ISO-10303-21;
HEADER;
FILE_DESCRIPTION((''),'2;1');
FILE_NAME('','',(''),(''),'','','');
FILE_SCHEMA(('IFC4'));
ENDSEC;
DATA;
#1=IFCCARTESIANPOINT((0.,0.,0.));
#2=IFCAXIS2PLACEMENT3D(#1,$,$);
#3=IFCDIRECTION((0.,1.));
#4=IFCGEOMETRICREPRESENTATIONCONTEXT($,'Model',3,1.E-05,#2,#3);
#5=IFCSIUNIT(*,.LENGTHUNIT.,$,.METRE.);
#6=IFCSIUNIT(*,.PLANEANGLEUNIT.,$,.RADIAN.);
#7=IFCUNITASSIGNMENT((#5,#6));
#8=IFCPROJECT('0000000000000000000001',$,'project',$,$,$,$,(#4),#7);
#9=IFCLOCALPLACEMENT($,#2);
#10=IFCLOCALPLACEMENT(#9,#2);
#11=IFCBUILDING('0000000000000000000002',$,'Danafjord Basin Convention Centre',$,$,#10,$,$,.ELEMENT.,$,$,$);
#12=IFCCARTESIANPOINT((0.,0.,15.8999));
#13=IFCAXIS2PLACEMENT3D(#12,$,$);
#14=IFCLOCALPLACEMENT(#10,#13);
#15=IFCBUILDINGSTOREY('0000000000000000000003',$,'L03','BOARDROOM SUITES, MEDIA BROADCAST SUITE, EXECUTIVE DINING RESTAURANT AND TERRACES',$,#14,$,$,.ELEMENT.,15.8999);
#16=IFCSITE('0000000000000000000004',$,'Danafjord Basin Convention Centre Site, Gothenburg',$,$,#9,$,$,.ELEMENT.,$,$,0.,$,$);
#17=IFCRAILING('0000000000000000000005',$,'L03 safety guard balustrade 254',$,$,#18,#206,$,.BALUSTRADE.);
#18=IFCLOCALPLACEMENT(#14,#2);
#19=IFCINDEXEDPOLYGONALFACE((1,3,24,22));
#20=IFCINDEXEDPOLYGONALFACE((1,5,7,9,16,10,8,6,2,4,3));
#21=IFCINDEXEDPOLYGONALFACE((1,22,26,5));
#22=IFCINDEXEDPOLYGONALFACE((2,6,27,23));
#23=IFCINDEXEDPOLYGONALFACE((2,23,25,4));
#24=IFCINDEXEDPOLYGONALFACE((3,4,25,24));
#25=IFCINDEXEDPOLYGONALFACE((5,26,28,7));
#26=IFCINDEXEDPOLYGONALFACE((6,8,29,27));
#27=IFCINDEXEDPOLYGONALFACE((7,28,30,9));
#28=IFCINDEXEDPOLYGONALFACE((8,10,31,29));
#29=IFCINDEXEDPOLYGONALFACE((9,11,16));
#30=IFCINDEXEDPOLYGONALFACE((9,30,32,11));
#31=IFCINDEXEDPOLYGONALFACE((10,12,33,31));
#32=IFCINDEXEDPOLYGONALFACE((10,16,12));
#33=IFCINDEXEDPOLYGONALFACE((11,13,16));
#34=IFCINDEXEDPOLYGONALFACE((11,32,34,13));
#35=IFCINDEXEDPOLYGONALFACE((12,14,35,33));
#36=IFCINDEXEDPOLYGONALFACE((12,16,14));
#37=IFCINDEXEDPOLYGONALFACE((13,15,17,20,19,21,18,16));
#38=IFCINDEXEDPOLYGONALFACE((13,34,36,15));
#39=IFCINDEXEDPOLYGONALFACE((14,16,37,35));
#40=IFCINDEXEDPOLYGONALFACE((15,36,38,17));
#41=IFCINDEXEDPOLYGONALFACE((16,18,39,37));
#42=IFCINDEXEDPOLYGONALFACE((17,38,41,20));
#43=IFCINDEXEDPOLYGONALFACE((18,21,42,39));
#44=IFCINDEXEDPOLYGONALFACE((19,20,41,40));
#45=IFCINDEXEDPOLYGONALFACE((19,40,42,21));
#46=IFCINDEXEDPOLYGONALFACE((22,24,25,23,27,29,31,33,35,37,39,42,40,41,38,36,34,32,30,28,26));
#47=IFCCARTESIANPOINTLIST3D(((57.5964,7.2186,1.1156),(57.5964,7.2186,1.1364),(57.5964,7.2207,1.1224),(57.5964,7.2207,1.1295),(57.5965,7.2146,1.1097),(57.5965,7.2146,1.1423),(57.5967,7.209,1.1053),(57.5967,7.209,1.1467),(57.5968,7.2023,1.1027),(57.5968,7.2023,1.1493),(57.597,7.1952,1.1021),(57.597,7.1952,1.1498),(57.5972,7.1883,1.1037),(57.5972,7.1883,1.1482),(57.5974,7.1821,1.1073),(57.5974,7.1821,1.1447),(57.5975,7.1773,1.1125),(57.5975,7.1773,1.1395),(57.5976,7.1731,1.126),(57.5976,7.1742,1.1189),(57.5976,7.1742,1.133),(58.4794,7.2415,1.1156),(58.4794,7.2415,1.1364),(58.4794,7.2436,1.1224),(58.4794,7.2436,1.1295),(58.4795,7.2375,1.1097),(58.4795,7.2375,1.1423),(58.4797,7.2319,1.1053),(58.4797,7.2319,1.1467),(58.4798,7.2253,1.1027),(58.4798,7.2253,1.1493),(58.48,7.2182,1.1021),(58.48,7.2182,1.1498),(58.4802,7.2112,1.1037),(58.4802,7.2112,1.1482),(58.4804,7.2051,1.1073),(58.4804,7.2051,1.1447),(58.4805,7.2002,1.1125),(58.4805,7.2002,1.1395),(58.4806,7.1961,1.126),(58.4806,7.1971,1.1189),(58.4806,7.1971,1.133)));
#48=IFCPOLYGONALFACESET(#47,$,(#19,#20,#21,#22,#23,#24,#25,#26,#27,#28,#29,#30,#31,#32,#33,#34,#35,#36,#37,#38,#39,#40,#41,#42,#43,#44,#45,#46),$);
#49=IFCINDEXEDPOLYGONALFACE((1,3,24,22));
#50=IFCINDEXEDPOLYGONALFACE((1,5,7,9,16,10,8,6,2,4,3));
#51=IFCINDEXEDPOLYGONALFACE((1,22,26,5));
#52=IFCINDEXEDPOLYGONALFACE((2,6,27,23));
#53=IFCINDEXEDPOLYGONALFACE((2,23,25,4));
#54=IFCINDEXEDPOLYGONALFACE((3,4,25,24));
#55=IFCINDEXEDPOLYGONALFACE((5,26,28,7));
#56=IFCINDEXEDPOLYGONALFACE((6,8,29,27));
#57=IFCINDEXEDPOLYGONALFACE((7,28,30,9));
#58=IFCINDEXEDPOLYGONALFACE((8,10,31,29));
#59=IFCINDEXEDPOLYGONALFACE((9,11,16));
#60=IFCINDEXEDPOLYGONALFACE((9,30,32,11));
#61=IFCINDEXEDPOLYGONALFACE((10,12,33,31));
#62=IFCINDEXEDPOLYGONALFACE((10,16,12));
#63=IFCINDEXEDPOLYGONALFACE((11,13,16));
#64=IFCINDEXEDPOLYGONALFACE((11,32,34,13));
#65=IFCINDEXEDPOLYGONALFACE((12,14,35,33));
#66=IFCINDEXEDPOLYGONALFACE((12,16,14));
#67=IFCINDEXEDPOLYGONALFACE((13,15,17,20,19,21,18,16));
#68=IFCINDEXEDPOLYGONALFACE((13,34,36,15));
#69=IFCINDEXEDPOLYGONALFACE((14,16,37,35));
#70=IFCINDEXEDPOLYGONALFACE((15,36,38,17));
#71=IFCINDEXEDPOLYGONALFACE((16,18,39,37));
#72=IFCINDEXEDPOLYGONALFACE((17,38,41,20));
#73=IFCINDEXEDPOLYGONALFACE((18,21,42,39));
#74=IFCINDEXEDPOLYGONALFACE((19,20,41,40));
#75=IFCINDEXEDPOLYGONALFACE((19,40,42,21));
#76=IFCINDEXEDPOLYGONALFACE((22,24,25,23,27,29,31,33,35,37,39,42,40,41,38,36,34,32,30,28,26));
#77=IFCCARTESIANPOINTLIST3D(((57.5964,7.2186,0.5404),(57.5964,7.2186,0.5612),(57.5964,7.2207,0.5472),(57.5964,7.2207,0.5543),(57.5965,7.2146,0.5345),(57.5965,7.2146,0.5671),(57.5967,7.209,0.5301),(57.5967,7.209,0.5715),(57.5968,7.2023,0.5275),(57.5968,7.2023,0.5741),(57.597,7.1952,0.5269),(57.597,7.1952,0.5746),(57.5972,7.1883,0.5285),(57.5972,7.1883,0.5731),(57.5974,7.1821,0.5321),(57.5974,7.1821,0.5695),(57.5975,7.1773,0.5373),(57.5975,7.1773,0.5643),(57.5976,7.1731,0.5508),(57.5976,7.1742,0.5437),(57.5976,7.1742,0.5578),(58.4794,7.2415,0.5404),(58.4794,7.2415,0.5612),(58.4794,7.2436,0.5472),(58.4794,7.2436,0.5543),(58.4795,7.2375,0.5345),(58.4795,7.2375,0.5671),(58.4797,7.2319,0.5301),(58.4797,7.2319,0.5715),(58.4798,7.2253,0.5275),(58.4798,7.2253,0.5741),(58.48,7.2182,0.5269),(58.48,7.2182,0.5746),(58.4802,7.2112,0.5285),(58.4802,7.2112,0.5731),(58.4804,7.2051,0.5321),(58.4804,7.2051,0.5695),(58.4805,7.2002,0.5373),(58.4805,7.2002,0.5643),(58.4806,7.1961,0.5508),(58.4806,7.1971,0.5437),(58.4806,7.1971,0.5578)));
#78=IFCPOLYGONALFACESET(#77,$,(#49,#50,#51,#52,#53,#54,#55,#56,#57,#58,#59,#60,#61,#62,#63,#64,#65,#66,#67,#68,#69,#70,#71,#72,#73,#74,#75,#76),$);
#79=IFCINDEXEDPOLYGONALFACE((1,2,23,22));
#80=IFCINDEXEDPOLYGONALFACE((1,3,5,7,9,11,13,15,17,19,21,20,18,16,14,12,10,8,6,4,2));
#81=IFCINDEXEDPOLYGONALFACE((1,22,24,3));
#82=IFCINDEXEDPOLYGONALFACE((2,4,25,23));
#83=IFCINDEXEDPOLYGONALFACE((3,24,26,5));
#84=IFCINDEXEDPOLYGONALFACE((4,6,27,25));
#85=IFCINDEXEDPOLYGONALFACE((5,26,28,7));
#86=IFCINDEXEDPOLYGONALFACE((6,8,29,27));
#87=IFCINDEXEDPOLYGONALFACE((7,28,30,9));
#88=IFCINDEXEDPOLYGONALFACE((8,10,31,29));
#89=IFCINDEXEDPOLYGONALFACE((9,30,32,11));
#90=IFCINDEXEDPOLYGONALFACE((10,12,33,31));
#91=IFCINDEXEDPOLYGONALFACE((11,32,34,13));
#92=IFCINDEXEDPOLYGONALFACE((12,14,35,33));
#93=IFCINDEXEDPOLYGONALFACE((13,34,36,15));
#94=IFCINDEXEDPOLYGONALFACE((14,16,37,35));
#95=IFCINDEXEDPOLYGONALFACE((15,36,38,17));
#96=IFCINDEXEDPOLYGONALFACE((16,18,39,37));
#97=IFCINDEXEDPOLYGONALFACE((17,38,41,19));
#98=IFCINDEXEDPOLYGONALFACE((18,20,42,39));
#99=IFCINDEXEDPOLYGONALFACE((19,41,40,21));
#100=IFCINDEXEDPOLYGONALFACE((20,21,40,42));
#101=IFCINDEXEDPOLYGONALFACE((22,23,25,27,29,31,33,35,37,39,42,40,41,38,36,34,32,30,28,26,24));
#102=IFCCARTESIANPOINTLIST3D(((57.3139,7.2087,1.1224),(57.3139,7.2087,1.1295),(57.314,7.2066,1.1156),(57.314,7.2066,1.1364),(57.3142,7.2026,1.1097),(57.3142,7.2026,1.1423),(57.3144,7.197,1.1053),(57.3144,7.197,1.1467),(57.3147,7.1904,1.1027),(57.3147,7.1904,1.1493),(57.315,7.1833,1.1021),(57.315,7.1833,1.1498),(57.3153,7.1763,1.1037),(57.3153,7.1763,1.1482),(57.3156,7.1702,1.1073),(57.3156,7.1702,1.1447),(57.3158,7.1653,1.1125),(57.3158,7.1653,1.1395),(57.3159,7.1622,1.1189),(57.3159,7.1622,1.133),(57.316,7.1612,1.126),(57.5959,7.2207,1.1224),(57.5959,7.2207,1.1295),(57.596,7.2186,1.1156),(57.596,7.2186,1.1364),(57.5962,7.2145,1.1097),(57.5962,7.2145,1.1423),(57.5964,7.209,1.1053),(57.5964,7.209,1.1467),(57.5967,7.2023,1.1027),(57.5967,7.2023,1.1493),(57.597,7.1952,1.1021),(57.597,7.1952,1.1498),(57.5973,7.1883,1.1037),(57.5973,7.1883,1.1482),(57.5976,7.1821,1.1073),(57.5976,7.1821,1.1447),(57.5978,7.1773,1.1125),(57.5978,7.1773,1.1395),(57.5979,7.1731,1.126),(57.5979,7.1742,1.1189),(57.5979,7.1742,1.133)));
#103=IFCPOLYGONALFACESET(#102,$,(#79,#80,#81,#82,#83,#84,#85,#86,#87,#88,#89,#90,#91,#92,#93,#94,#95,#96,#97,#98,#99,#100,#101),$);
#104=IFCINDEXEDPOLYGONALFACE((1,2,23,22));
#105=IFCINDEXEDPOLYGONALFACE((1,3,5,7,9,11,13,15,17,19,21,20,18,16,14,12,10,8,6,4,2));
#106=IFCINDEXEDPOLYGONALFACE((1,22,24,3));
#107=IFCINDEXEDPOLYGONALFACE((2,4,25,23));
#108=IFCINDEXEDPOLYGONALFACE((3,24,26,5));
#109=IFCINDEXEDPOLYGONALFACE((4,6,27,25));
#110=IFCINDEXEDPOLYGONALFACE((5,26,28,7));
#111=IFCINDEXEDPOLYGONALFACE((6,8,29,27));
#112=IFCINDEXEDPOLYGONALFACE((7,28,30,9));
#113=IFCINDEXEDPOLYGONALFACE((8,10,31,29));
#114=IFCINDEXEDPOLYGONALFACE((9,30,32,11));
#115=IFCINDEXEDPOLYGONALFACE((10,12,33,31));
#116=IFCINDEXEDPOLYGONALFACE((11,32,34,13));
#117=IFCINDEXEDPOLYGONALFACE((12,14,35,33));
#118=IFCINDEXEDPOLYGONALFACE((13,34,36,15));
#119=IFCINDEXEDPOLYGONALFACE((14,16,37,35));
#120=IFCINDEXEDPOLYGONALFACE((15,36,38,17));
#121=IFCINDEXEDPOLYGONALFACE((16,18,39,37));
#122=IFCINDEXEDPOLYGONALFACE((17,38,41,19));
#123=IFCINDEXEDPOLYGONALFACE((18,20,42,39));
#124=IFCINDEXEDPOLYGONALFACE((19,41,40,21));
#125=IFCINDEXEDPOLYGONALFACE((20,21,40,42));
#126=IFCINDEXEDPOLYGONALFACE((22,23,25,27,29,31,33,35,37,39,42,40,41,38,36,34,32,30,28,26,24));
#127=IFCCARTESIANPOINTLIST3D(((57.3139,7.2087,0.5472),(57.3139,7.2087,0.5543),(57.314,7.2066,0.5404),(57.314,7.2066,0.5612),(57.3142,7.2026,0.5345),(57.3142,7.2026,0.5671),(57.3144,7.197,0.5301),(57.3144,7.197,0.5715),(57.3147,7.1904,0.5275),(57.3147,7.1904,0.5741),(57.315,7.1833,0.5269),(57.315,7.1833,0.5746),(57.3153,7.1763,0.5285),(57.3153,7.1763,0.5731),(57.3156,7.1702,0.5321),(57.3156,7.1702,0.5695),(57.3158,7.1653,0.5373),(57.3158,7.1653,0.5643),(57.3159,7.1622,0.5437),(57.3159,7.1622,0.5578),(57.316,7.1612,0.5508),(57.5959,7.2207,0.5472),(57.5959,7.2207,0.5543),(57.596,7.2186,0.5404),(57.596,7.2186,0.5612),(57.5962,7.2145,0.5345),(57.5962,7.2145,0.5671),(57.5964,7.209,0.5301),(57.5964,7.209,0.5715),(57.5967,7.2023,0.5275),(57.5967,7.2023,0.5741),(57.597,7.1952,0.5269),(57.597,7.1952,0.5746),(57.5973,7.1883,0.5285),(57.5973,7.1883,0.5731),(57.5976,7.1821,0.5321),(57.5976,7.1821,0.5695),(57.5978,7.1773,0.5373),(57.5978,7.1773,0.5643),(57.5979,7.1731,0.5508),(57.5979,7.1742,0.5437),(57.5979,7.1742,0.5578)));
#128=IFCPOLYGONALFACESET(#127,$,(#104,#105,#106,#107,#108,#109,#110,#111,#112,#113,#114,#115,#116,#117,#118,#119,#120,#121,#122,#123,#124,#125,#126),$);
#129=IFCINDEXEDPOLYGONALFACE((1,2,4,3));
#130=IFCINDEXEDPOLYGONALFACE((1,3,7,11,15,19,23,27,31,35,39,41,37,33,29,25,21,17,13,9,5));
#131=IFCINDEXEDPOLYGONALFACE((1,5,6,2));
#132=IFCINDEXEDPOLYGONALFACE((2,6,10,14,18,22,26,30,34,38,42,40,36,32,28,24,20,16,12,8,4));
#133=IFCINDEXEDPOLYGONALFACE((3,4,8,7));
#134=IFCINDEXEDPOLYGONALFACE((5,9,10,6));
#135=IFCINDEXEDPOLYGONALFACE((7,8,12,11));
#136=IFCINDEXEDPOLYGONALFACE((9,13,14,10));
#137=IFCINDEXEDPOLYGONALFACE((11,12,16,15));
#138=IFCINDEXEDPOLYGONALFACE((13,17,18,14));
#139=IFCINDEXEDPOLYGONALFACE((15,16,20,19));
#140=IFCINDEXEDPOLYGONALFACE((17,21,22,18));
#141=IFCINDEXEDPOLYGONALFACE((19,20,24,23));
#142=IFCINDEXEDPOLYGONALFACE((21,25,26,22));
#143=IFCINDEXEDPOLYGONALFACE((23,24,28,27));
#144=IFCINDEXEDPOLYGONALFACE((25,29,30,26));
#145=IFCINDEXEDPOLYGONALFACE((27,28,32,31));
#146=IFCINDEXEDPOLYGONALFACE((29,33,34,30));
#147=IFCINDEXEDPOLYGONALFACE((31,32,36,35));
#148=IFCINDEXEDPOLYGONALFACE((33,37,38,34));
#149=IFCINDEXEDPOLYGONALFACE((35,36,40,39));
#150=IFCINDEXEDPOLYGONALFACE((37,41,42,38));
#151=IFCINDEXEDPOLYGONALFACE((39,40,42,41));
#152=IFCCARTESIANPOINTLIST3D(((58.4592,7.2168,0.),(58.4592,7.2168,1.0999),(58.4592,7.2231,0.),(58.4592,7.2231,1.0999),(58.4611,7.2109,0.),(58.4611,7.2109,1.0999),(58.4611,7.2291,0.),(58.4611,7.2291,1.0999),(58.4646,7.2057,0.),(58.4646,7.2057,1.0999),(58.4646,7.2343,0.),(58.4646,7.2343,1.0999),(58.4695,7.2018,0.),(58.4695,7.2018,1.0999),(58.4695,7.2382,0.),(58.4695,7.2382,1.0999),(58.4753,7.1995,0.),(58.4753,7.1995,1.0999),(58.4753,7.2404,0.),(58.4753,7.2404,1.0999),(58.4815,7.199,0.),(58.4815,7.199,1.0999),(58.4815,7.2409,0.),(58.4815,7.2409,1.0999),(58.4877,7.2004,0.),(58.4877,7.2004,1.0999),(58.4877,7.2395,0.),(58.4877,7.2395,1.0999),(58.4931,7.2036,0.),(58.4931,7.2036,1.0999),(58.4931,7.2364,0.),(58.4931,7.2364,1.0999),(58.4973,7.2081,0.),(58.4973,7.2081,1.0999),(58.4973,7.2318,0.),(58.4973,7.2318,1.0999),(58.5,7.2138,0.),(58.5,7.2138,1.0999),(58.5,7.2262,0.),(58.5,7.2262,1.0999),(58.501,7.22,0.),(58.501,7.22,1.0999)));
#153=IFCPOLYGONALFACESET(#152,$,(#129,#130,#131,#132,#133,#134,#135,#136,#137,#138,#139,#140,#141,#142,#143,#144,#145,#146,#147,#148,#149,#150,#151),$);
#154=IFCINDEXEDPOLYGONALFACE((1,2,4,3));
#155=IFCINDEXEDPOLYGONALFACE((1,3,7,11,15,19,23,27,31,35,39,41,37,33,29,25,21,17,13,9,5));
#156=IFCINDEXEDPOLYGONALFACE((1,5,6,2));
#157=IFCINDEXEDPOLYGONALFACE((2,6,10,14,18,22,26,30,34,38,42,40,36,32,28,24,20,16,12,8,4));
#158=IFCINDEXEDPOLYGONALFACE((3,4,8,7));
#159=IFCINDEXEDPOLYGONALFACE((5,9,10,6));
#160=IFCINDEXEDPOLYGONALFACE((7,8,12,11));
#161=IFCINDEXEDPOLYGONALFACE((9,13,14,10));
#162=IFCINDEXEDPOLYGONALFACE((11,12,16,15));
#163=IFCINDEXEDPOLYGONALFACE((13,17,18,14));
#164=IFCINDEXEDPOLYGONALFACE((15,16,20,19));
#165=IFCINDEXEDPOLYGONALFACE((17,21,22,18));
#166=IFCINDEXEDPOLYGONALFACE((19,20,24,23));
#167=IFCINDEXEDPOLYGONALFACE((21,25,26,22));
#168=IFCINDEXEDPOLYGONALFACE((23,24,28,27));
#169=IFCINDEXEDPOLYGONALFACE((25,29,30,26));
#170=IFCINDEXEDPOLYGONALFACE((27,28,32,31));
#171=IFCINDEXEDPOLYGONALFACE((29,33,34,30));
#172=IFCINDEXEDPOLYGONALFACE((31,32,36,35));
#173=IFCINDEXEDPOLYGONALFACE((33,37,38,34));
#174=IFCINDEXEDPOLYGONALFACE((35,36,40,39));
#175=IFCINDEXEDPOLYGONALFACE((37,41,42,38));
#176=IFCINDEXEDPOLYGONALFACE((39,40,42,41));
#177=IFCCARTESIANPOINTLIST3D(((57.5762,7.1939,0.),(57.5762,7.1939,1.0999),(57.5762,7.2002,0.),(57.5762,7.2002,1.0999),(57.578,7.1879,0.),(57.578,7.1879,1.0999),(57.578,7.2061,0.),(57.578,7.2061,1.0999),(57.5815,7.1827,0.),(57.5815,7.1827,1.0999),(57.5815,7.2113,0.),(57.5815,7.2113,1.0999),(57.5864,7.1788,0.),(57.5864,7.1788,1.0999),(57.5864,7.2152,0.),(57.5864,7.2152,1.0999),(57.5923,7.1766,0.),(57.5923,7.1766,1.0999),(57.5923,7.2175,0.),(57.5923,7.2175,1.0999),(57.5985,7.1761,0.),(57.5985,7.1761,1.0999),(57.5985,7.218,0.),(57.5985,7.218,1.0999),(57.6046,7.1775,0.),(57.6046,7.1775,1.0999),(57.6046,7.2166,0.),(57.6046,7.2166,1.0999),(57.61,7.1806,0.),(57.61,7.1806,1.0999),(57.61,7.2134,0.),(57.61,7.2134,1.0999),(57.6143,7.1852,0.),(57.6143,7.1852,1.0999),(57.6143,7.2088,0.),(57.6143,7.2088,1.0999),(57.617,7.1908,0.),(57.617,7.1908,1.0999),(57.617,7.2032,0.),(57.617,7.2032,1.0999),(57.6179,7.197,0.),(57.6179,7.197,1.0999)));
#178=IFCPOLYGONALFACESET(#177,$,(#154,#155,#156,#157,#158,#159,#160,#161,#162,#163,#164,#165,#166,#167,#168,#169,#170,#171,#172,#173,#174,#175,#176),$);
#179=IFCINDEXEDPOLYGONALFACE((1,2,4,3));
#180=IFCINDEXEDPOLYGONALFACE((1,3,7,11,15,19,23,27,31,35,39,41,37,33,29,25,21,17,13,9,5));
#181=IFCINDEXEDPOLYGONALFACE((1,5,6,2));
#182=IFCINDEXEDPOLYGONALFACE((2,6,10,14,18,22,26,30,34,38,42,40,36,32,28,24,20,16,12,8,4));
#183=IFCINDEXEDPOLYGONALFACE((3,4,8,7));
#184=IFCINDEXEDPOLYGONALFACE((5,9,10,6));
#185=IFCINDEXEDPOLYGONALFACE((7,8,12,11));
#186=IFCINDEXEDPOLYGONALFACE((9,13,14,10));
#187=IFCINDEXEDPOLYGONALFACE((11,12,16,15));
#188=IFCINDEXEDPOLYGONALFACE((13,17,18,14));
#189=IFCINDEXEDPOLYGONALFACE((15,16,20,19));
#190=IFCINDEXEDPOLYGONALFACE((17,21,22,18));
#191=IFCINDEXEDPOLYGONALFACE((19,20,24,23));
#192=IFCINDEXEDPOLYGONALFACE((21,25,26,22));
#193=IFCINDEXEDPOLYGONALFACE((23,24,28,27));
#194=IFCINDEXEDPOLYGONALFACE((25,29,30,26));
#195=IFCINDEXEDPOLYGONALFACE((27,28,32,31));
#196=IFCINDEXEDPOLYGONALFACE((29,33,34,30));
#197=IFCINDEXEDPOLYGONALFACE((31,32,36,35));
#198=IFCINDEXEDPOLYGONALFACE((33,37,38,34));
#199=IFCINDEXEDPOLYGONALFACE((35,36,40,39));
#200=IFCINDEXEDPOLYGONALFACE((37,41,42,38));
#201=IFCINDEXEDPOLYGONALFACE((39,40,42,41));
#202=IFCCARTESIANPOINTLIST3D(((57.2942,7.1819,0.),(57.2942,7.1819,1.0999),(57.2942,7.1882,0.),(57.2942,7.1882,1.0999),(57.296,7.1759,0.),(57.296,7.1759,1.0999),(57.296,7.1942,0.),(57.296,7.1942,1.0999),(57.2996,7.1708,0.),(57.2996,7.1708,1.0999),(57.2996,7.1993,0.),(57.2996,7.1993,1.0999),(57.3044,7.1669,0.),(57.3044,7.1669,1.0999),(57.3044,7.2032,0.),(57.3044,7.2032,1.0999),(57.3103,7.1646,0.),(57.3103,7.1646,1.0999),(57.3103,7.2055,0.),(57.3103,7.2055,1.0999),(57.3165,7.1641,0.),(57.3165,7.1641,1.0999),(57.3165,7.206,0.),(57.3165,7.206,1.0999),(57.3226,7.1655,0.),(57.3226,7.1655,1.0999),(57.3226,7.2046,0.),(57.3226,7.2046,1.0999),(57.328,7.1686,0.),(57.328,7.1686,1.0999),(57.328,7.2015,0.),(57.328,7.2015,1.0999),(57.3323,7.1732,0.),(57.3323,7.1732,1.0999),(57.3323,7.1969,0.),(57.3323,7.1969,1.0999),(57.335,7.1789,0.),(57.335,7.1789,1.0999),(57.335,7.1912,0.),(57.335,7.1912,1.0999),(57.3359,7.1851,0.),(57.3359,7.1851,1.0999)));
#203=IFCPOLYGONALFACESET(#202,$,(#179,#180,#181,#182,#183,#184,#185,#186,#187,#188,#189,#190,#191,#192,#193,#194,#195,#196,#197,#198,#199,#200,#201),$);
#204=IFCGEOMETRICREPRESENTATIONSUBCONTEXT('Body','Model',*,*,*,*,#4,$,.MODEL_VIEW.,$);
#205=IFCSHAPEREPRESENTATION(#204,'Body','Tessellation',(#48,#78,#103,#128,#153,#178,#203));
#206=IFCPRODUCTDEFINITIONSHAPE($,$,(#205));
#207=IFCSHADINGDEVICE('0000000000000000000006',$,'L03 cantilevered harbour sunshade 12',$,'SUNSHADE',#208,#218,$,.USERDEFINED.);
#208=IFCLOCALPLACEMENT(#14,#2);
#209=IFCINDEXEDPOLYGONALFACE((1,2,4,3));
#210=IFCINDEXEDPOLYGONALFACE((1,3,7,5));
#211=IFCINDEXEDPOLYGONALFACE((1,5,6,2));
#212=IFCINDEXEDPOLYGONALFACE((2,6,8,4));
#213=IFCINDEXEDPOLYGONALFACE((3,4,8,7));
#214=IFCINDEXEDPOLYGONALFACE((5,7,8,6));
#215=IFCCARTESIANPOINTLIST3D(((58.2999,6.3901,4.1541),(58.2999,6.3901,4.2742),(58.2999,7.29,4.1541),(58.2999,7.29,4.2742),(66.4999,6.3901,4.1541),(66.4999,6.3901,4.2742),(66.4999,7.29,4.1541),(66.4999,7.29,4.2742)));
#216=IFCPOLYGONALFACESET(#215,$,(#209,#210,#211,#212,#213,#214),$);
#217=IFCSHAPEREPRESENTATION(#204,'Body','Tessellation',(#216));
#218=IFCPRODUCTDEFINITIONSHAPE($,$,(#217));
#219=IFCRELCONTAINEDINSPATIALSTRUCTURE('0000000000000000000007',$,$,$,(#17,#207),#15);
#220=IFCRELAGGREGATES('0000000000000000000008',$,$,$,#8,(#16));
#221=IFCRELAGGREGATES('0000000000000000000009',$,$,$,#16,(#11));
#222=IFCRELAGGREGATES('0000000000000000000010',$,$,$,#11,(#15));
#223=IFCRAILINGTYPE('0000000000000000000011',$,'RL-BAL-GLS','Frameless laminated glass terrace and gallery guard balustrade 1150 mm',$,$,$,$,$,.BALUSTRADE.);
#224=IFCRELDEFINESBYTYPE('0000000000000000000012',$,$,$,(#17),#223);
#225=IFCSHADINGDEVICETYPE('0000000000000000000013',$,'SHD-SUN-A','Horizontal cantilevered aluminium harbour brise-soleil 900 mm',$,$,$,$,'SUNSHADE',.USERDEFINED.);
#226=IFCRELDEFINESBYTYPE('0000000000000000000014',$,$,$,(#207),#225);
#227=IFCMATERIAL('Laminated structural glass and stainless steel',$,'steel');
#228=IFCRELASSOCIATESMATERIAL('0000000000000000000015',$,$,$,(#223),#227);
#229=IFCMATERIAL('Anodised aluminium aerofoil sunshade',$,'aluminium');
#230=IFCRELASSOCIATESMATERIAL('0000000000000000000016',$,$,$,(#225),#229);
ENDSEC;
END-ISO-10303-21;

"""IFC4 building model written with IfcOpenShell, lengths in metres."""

from ifc_helpers import new_model, si_unit, direction, frame, origin, origin_2d, place, context, subcontext, project, spatial, rectangle, circle, extrude, material, type_object, element, save


model = new_model("IFC4")

# Units and contexts
model_context = context("Model", 3, precision=1e-05, world=origin(), true_north=direction((0.0, 1.0)))
body_context = subcontext(model_context, "Body", "Model", "MODEL_VIEW")
ifc_project = project(units=[si_unit("LENGTHUNIT", "METRE"), si_unit("PLANEANGLEUNIT", "RADIAN")], contexts=[model_context])

# Site, building, storey
site_placement = place(None, origin())
site = spatial("IfcSite", under=ifc_project, at=site_placement, Name="Danafjord Basin Convention Centre Site, Gothenburg", CompositionType="ELEMENT", RefElevation=0.0)
building_placement = place(site_placement, origin())
building = spatial("IfcBuilding", under=site, at=building_placement, Name="Danafjord Basin Convention Centre", CompositionType="ELEMENT")
storey_placement = place(building_placement, frame((0.0, 0.0, 15.8999)))
storey = spatial("IfcBuildingStorey", under=building, at=storey_placement, Name="L03", Description="BOARDROOM SUITES, MEDIA BROADCAST SUITE, EXECUTIVE DINING RESTAURANT AND TERRACES", CompositionType="ELEMENT", Elevation=15.8999)

# Railing
ifc_material_1 = material(Name="Laminated structural glass and stainless steel", Category="steel")
railing_type = type_object("IfcRailingType", Name="RL-BAL-GLS", Description="Frameless laminated glass terrace and gallery guard balustrade 1150 mm", PredefinedType="BALUSTRADE", material=ifc_material_1)
railing_placement = place(storey_placement, frame((58.48, 7.22, 0.0)))
element("IfcRailing", 1, at=railing_placement, inside=storey, type_object=railing_type, Name="L03 safety guard balustrade 254", PredefinedType="BALUSTRADE", context=body_context, shape_type="SweptSolid", body=[
    extrude(circle(Radius=0.0239, at=origin_2d()), frame((0.0, 0.0, 1.126), z_axis=(-0.999662, -0.02598, 0.0), x_axis=(0.02598, -0.999662, 0.0)), (0.0, 0.0, 1.0), 0.8833),
    extrude(circle(Radius=0.0239, at=origin_2d()), frame((0.0, 0.0, 0.5508), z_axis=(-0.999662, -0.02598, 0.0), x_axis=(0.02598, -0.999662, 0.0)), (0.0, 0.0, 1.0), 0.8833),
    extrude(circle(Radius=0.0239, at=origin_2d()), frame((-0.8831, -0.0229, 1.126), z_axis=(-0.999101, -0.042386, 0.0), x_axis=(0.042386, -0.999101, 0.0)), (0.0, 0.0, 1.0), 0.2822),
    extrude(circle(Radius=0.0239, at=origin_2d()), frame((-0.8831, -0.0229, 0.5508), z_axis=(-0.999101, -0.042386, 0.0), x_axis=(0.042386, -0.999101, 0.0)), (0.0, 0.0, 1.0), 0.2822),
    extrude(circle(Radius=0.021, at=origin_2d()), origin(), (0.0, 0.0, 1.0), 1.0999),
    extrude(circle(Radius=0.021, at=origin_2d()), frame((-0.8831, -0.0229, 0.0)), (0.0, 0.0, 1.0), 1.0999),
    extrude(circle(Radius=0.021, at=origin_2d()), frame((-1.165, -0.0349, 0.0)), (0.0, 0.0, 1.0), 1.0999),
])

# Shading device
ifc_material_2 = material(Name="Anodised aluminium aerofoil sunshade", Category="aluminium")
shading_device_type = type_object("IfcShadingDeviceType", Name="SHD-SUN-A", Description="Horizontal cantilevered aluminium harbour brise-soleil 900 mm", ElementType="SUNSHADE", PredefinedType="USERDEFINED", material=ifc_material_2)
shading_device_placement = place(storey_placement, frame((62.3999, 6.8401, 4.1541), z_axis=(0.0, 0.0, 1.0), x_axis=(1.0, 0.0, 0.0)))
element("IfcShadingDevice", 2, at=shading_device_placement, inside=storey, type_object=shading_device_type, Name="L03 cantilevered harbour sunshade 12", ObjectType="SUNSHADE", PredefinedType="USERDEFINED", context=body_context, shape_type="SweptSolid", body=[
    extrude(rectangle(XDim=8.2, YDim=0.8999, at=origin_2d()), origin(), (0.0, 0.0, 1.0), 0.1201),
])

save(model, "model.ifc")
